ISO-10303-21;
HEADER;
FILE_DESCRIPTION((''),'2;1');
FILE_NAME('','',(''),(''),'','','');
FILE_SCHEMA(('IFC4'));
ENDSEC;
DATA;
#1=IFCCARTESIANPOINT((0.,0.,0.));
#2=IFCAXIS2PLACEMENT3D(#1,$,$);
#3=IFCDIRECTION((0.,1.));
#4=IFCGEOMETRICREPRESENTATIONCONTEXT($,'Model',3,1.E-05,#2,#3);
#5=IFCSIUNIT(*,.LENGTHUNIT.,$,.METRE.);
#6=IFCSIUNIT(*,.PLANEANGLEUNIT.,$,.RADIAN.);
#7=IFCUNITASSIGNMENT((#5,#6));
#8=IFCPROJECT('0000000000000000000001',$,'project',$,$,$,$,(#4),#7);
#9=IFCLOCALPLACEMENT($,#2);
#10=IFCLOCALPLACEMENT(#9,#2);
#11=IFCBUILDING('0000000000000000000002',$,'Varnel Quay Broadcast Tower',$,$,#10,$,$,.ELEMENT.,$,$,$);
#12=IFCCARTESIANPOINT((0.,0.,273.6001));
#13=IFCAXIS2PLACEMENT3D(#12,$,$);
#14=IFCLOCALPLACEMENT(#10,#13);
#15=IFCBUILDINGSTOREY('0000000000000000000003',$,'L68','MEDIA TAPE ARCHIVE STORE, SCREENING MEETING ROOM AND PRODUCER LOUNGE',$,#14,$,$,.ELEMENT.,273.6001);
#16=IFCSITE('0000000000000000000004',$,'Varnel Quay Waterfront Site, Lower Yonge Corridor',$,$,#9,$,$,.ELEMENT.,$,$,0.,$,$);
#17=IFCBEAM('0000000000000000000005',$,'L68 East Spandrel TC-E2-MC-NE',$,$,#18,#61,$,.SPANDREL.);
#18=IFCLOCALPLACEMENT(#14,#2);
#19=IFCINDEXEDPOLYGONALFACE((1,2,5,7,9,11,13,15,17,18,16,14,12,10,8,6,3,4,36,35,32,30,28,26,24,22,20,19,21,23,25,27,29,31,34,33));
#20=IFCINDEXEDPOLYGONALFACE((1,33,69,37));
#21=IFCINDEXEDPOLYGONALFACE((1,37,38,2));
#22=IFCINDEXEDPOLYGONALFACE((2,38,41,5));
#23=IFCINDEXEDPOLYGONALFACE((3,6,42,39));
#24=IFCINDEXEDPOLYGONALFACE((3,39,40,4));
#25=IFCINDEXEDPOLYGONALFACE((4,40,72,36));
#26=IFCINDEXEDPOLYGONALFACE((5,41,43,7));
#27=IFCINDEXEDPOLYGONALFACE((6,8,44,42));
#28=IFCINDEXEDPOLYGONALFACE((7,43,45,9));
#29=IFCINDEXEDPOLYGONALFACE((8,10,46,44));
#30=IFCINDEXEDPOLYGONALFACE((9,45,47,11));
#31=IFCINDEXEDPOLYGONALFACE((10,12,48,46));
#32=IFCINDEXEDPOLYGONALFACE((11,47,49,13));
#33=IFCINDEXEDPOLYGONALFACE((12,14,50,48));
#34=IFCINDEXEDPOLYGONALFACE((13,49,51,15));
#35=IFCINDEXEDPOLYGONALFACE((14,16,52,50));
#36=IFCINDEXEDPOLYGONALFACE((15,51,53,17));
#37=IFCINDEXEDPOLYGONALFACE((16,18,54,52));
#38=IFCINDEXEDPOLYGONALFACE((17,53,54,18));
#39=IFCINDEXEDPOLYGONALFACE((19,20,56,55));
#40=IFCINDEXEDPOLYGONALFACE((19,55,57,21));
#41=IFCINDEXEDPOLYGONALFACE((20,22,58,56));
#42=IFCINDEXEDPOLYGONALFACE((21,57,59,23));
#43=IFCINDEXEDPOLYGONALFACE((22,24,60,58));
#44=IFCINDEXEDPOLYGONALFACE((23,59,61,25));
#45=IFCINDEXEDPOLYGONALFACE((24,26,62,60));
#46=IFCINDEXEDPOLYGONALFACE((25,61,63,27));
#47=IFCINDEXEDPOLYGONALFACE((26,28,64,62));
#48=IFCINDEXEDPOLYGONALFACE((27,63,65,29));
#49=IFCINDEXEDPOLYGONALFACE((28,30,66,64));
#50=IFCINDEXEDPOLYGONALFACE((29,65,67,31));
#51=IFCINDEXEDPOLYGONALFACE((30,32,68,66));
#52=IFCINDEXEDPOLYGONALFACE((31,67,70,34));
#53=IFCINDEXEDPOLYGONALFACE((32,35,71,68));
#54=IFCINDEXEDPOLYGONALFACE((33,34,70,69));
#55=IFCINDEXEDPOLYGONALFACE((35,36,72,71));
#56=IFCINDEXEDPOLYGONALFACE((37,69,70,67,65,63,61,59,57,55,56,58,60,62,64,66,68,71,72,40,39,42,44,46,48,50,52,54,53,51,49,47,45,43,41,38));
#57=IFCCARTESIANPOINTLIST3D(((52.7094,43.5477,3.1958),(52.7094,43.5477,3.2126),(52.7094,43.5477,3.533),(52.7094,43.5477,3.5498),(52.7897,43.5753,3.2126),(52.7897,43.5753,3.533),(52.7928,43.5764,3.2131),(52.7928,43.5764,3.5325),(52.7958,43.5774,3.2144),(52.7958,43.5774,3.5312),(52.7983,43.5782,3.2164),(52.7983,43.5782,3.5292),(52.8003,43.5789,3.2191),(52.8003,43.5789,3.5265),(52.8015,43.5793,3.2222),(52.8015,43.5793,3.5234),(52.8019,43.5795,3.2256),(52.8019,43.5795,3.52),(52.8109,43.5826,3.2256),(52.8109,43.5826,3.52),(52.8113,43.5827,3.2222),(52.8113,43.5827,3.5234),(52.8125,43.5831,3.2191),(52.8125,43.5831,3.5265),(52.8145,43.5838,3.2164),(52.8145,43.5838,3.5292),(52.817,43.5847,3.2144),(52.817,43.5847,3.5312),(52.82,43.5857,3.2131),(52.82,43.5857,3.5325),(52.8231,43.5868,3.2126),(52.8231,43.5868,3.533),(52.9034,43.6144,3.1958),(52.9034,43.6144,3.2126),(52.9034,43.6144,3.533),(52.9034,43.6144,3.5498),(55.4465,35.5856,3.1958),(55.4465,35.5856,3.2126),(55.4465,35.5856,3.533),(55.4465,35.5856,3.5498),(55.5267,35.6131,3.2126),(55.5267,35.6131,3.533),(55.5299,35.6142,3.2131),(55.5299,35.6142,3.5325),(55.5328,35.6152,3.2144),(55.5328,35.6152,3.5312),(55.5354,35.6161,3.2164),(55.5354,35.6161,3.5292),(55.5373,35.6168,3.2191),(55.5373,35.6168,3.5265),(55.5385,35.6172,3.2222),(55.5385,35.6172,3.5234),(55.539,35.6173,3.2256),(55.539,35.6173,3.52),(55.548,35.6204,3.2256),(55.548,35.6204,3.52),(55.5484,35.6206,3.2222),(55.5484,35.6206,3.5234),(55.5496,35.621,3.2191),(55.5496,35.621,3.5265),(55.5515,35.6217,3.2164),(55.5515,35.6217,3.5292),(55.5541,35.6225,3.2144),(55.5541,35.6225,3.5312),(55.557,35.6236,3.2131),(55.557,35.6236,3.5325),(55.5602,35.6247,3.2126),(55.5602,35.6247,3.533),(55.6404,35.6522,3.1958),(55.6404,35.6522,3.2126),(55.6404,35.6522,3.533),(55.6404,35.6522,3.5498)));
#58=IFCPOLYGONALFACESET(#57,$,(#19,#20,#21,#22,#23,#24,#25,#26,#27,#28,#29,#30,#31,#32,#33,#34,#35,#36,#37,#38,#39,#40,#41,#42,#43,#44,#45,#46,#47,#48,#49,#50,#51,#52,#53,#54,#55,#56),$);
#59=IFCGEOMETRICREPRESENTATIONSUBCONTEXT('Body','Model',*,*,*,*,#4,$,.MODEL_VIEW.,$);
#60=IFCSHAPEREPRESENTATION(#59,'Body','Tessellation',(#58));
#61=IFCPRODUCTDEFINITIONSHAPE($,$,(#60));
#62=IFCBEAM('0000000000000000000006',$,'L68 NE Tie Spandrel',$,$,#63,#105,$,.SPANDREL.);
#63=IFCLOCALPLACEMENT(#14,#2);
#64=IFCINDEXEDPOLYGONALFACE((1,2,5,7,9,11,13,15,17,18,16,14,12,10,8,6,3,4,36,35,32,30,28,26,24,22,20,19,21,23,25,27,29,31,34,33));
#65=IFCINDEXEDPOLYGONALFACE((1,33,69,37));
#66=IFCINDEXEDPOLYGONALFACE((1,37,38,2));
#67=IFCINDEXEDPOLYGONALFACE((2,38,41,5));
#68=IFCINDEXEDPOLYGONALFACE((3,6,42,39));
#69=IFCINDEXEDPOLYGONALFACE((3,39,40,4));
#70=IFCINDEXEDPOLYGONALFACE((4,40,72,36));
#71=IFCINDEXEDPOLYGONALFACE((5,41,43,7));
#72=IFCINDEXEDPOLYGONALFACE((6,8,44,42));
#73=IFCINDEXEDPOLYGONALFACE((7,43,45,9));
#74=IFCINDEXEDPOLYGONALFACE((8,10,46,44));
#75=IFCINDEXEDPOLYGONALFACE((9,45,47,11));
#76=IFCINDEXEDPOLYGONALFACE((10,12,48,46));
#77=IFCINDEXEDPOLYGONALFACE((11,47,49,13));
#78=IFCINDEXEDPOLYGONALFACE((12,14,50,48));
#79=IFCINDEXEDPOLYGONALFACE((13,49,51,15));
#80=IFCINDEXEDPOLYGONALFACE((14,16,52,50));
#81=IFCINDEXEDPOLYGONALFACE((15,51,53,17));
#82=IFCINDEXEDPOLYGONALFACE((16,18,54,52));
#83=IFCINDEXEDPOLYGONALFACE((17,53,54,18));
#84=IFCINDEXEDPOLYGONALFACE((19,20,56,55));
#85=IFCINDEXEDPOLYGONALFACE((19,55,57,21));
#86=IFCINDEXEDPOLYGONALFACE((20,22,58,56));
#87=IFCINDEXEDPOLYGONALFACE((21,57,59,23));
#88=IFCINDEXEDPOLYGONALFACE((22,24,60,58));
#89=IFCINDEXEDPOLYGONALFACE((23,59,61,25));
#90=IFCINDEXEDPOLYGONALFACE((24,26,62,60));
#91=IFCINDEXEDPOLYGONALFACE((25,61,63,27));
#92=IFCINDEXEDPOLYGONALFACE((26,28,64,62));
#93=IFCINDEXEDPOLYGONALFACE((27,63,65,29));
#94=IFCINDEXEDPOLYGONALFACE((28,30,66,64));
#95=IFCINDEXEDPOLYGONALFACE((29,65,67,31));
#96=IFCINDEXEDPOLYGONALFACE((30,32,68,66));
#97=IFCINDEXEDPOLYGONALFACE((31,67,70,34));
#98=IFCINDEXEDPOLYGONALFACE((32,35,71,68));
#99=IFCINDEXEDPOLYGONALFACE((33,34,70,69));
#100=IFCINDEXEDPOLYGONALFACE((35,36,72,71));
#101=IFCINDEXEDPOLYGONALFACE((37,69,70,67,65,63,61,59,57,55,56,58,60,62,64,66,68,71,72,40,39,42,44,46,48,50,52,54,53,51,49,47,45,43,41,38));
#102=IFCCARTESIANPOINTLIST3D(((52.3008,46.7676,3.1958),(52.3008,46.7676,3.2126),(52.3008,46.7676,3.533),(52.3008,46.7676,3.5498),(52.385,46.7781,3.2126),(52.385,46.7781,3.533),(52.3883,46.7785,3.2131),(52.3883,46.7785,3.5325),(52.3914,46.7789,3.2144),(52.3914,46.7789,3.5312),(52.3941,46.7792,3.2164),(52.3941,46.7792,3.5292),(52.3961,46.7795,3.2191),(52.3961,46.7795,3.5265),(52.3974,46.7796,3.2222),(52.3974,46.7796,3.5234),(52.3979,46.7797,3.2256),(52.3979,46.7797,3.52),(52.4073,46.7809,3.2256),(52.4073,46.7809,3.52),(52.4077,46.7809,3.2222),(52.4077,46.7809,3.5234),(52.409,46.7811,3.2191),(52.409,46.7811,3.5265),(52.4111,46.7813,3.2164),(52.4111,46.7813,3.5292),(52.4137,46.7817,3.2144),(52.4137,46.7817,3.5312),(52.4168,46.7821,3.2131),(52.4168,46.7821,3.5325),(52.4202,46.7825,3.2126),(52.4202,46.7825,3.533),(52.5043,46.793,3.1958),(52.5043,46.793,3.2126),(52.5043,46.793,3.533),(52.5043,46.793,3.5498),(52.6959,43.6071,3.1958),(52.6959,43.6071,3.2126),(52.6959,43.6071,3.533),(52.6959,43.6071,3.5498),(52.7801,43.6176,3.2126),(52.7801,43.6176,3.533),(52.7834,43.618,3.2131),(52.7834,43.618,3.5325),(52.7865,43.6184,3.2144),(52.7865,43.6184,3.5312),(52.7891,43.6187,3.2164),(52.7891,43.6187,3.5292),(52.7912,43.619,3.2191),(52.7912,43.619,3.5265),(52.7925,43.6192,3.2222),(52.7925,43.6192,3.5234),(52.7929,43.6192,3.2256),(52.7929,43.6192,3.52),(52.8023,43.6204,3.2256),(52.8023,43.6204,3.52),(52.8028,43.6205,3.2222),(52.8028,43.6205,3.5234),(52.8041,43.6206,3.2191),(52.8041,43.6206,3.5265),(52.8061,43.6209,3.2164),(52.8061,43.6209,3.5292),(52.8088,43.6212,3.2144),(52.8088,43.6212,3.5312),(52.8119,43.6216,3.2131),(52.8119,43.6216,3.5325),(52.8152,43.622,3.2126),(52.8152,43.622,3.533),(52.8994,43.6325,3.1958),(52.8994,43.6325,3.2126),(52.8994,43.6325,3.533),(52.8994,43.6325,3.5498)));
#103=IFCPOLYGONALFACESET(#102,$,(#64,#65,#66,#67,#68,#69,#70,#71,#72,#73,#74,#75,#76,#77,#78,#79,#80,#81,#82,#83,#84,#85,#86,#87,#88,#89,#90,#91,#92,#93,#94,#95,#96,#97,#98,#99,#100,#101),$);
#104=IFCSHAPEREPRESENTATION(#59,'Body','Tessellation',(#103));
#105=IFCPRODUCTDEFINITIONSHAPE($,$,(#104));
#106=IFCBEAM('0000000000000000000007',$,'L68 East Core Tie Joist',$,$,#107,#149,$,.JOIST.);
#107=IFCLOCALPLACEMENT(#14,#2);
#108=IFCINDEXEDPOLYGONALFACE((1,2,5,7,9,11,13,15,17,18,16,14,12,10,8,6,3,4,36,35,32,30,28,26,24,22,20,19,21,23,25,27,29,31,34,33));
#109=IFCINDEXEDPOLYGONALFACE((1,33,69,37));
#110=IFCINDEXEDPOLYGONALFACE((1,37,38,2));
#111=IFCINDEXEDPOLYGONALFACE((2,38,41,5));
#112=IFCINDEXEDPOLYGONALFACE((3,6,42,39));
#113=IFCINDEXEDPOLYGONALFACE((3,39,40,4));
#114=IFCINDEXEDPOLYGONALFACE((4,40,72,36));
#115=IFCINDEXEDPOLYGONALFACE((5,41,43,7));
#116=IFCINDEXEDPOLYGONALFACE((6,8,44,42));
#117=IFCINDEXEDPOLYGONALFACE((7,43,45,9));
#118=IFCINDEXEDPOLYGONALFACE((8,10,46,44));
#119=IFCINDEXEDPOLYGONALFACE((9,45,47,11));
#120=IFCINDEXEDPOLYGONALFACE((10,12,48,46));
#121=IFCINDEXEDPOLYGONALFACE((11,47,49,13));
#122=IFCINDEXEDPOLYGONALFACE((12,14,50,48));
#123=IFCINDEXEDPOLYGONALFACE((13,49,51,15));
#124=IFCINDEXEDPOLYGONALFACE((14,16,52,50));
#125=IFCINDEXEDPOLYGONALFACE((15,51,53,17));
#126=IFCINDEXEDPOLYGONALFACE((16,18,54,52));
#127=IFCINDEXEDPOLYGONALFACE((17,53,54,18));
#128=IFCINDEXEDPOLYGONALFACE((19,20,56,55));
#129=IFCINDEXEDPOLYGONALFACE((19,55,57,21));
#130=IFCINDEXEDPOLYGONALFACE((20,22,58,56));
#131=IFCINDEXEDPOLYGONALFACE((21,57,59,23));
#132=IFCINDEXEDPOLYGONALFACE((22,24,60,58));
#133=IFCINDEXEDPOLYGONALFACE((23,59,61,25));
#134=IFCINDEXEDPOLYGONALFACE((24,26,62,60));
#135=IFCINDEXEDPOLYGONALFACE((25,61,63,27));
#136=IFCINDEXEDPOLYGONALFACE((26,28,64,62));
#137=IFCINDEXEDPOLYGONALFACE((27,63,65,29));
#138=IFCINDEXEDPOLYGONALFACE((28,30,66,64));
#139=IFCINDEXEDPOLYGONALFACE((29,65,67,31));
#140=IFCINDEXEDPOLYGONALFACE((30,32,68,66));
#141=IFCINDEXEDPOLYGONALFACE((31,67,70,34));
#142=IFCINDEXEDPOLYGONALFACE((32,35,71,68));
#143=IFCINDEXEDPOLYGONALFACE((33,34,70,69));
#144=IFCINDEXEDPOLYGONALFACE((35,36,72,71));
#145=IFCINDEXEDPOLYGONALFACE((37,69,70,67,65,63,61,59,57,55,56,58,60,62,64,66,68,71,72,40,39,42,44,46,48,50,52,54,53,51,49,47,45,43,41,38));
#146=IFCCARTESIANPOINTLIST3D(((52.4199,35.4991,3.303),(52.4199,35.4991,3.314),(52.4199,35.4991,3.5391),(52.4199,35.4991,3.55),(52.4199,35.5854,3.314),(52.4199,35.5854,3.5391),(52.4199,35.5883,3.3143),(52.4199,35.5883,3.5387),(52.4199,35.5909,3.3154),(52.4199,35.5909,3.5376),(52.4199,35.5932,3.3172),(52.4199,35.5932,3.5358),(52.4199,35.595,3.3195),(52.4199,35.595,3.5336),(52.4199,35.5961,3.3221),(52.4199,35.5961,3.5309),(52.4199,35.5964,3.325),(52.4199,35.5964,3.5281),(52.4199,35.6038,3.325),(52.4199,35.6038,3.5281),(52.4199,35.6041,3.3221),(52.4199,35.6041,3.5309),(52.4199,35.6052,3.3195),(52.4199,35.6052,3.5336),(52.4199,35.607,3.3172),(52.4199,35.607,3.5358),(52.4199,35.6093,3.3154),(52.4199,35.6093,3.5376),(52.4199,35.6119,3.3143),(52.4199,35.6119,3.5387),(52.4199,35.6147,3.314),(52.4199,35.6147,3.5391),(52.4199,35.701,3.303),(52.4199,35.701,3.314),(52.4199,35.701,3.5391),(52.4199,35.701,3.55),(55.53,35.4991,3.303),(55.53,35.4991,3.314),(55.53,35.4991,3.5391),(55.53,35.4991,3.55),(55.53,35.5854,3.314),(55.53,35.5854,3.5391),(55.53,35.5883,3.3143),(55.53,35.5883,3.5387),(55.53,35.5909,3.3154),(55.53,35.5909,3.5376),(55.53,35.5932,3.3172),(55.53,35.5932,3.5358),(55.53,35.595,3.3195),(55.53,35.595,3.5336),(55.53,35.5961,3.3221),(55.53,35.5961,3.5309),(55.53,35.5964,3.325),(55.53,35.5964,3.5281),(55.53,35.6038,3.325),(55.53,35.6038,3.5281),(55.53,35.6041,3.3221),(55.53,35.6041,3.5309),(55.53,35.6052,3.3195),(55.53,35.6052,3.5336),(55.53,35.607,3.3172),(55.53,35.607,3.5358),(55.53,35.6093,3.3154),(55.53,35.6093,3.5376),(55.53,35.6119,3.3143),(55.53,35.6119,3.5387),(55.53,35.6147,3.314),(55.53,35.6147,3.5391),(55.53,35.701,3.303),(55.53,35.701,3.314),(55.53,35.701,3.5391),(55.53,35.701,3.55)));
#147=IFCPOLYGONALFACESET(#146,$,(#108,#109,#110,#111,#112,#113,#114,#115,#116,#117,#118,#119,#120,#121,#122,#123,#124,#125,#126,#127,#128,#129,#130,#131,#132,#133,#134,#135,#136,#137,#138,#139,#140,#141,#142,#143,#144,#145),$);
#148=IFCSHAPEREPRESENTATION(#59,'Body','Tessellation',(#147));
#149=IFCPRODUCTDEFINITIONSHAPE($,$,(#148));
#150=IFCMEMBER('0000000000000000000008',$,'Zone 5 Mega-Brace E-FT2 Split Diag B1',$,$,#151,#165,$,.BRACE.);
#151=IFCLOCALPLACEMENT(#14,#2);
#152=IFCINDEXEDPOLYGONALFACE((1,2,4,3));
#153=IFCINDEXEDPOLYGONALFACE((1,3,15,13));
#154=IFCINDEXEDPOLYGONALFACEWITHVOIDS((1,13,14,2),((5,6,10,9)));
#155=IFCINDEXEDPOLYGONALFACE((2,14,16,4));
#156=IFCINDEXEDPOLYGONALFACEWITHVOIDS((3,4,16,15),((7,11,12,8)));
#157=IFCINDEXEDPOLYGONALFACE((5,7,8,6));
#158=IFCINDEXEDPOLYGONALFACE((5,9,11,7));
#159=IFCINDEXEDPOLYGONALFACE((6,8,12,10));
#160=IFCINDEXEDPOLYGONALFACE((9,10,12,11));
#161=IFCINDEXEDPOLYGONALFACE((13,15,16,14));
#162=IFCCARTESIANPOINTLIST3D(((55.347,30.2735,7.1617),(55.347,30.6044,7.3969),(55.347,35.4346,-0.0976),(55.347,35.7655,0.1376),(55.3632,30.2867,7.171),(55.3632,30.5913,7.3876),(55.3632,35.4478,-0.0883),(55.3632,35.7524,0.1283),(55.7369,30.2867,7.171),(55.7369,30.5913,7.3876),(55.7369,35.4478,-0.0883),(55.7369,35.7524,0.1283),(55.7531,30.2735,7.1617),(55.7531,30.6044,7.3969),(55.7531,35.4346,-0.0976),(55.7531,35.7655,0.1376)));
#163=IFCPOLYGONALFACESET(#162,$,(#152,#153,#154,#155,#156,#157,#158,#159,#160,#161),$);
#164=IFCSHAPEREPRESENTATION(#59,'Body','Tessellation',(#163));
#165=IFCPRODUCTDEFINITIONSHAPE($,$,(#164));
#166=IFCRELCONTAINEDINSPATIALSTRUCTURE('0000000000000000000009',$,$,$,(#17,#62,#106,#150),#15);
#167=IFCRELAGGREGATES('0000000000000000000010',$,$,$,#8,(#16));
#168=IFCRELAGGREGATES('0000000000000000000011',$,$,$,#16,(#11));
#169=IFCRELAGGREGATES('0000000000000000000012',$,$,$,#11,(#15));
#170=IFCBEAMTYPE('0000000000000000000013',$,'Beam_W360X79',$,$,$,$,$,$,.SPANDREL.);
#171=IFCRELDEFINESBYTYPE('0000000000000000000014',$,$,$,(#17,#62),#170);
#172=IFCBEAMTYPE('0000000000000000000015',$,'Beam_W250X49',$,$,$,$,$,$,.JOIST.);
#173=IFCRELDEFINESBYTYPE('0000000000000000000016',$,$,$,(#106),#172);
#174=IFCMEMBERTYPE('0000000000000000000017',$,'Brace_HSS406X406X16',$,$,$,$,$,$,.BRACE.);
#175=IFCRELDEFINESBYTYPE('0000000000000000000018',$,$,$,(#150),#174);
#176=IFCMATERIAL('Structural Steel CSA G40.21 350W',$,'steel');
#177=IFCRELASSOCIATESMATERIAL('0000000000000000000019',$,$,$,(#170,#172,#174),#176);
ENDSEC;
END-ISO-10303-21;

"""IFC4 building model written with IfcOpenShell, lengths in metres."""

from ifc_helpers import new_model, si_unit, direction, frame, origin, origin_2d, place, context, subcontext, project, spatial, hollow_rectangle, i_section, extrude, source, transform, mapped, material, material_profile, profile_set, type_object, type_shapes, element, save


model = new_model("IFC4")

# Units and contexts
model_context = context("Model", 3, precision=1e-05, world=origin(), true_north=direction((0.0, 1.0)))
body_context = subcontext(model_context, "Body", "Model", "MODEL_VIEW")
ifc_project = project(units=[si_unit("LENGTHUNIT", "METRE"), si_unit("PLANEANGLEUNIT", "RADIAN")], contexts=[model_context])

# Site, building, storey
site_placement = place(None, origin())
site = spatial("IfcSite", under=ifc_project, at=site_placement, Name="Varnel Quay Waterfront Site, Lower Yonge Corridor", CompositionType="ELEMENT", RefElevation=0.0)
building_placement = place(site_placement, origin())
building = spatial("IfcBuilding", under=site, at=building_placement, Name="Varnel Quay Broadcast Tower", CompositionType="ELEMENT")
storey_placement = place(building_placement, frame((0.0, 0.0, 273.6001)))
storey = spatial("IfcBuildingStorey", under=building, at=storey_placement, Name="L68", Description="MEDIA TAPE ARCHIVE STORE, SCREENING MEETING ROOM AND PRODUCER LOUNGE", CompositionType="ELEMENT", Elevation=273.6001)

# Shared definitions
ifc_material_1 = material(Name="Structural Steel CSA G40.21 350W", Category="steel")

# Beams
ifc_material_profile_1 = material_profile(ifc_material_1, i_section(OverallWidth=0.2051, OverallDepth=0.354, WebThickness=0.0095, FlangeThickness=0.0168, FilletRadius=0.0129, at=origin_2d()), Name="W360X79")
ifc_profile_set_1 = profile_set([ifc_material_profile_1], Name="Structural Steel CSA G40.21 350W")
beam_type_1 = type_object("IfcBeamType", Name="Beam_W360X79", PredefinedType="SPANDREL", material=ifc_profile_set_1)
shared_shape_1 = source(origin(), body_context, "Body", "SweptSolid", [
    extrude(i_section(OverallWidth=0.2051, OverallDepth=0.354, WebThickness=0.0095, FlangeThickness=0.0168, FilletRadius=0.0129, at=origin_2d()), origin(), (0.0, 0.0, 1.0), 8.4194),
])
beam_1_placement = place(storey_placement, frame((55.5435, 35.6189, 3.3728), z_axis=(-0.325087, 0.945684, 0.0), x_axis=(-0.945684, -0.325087, 0.0)))
element("IfcBeam", 1, at=beam_1_placement, inside=storey, type_object=beam_type_1, Name="L68 East Spandrel TC-E2-MC-NE", PredefinedType="SPANDREL", context=body_context, shape_type="MappedRepresentation", body=[
    mapped(shared_shape_1, transform((0.0, 0.0, 0.0), x_axis=(1.0, 0.0, 0.0), y_axis=(0.0, 1.0, 0.0), z_axis=(0.0, 0.0, 1.0), scale=1.0)),
])
shared_shape_2 = source(origin(), body_context, "Body", "SweptSolid", [
    extrude(i_section(OverallWidth=0.2051, OverallDepth=0.354, WebThickness=0.0095, FlangeThickness=0.0168, FilletRadius=0.0129, at=origin_2d()), origin(), (0.0, 0.0, 1.0), 3.1851),
])
type_shapes(beam_type_1, [shared_shape_1, shared_shape_2])
beam_2_placement = place(storey_placement, frame((52.4026, 46.7803, 3.3728), z_axis=(0.124025, -0.992279, 0.0), x_axis=(0.992279, 0.124025, 0.0)))
element("IfcBeam", 2, at=beam_2_placement, inside=storey, type_object=beam_type_1, Name="L68 NE Tie Spandrel", PredefinedType="SPANDREL", context=body_context, shape_type="MappedRepresentation", body=[
    mapped(shared_shape_2, transform((0.0, 0.0, 0.0), x_axis=(1.0, 0.0, 0.0), y_axis=(0.0, 1.0, 0.0), z_axis=(0.0, 0.0, 1.0), scale=1.0)),
])
ifc_material_profile_2 = material_profile(ifc_material_1, i_section(OverallWidth=0.2019, OverallDepth=0.2471, WebThickness=0.0073, FlangeThickness=0.011, FilletRadius=0.011, at=origin_2d()), Name="W250X49")
ifc_profile_set_2 = profile_set([ifc_material_profile_2], Name="Structural Steel CSA G40.21 350W")
beam_type_2 = type_object("IfcBeamType", Name="Beam_W250X49", PredefinedType="JOIST", material=ifc_profile_set_2)
shared_shape_3 = source(origin(), body_context, "Body", "SweptSolid", [
    extrude(i_section(OverallWidth=0.2019, OverallDepth=0.2471, WebThickness=0.0073, FlangeThickness=0.011, FilletRadius=0.011, at=origin_2d()), origin(), (0.0, 0.0, 1.0), 3.1101),
])
type_shapes(beam_type_2, [shared_shape_3])
beam_3_placement = place(storey_placement, frame((52.4199, 35.6001, 3.4265), z_axis=(1.0, 0.0, 0.0), x_axis=(0.0, 1.0, 0.0)))
element("IfcBeam", 3, at=beam_3_placement, inside=storey, type_object=beam_type_2, Name="L68 East Core Tie Joist", PredefinedType="JOIST", context=body_context, shape_type="MappedRepresentation", body=[
    mapped(shared_shape_3, transform((0.0, 0.0, 0.0), x_axis=(1.0, 0.0, 0.0), y_axis=(0.0, 1.0, 0.0), z_axis=(0.0, 0.0, 1.0), scale=1.0)),
])

# Member
ifc_material_profile_3 = material_profile(ifc_material_1, hollow_rectangle(XDim=0.406, YDim=0.406, WallThickness=0.0161, at=origin_2d()), Name="HSS406X406X16")
ifc_profile_set_3 = profile_set([ifc_material_profile_3], Name="Structural Steel CSA G40.21 350W")
member_type_1 = type_object("IfcMemberType", Name="Brace_HSS406X406X16", PredefinedType="BRACE", material=ifc_profile_set_3)
shared_shape_4 = source(origin(), body_context, "Body", "SweptSolid", [
    extrude(hollow_rectangle(XDim=0.406, YDim=0.406, WallThickness=0.0161, at=origin_2d()), origin(), (0.0, 0.0, 1.0), 8.907),
])
type_shapes(member_type_1, [shared_shape_4])
member_1_placement = place(storey_placement, frame((55.55, 35.6001, 0.02), z_axis=(0.0, -0.579448, 0.815009), x_axis=(1.0, 0.0, 0.0)))
element("IfcMember", 4, at=member_1_placement, inside=storey, type_object=member_type_1, Name="Zone 5 Mega-Brace E-FT2 Split Diag B1", PredefinedType="BRACE", context=body_context, shape_type="MappedRepresentation", body=[
    mapped(shared_shape_4, transform((0.0, 0.0, 0.0), x_axis=(1.0, 0.0, 0.0), y_axis=(0.0, 1.0, 0.0), z_axis=(0.0, 0.0, 1.0), scale=1.0)),
])

save(model, "model.ifc")
